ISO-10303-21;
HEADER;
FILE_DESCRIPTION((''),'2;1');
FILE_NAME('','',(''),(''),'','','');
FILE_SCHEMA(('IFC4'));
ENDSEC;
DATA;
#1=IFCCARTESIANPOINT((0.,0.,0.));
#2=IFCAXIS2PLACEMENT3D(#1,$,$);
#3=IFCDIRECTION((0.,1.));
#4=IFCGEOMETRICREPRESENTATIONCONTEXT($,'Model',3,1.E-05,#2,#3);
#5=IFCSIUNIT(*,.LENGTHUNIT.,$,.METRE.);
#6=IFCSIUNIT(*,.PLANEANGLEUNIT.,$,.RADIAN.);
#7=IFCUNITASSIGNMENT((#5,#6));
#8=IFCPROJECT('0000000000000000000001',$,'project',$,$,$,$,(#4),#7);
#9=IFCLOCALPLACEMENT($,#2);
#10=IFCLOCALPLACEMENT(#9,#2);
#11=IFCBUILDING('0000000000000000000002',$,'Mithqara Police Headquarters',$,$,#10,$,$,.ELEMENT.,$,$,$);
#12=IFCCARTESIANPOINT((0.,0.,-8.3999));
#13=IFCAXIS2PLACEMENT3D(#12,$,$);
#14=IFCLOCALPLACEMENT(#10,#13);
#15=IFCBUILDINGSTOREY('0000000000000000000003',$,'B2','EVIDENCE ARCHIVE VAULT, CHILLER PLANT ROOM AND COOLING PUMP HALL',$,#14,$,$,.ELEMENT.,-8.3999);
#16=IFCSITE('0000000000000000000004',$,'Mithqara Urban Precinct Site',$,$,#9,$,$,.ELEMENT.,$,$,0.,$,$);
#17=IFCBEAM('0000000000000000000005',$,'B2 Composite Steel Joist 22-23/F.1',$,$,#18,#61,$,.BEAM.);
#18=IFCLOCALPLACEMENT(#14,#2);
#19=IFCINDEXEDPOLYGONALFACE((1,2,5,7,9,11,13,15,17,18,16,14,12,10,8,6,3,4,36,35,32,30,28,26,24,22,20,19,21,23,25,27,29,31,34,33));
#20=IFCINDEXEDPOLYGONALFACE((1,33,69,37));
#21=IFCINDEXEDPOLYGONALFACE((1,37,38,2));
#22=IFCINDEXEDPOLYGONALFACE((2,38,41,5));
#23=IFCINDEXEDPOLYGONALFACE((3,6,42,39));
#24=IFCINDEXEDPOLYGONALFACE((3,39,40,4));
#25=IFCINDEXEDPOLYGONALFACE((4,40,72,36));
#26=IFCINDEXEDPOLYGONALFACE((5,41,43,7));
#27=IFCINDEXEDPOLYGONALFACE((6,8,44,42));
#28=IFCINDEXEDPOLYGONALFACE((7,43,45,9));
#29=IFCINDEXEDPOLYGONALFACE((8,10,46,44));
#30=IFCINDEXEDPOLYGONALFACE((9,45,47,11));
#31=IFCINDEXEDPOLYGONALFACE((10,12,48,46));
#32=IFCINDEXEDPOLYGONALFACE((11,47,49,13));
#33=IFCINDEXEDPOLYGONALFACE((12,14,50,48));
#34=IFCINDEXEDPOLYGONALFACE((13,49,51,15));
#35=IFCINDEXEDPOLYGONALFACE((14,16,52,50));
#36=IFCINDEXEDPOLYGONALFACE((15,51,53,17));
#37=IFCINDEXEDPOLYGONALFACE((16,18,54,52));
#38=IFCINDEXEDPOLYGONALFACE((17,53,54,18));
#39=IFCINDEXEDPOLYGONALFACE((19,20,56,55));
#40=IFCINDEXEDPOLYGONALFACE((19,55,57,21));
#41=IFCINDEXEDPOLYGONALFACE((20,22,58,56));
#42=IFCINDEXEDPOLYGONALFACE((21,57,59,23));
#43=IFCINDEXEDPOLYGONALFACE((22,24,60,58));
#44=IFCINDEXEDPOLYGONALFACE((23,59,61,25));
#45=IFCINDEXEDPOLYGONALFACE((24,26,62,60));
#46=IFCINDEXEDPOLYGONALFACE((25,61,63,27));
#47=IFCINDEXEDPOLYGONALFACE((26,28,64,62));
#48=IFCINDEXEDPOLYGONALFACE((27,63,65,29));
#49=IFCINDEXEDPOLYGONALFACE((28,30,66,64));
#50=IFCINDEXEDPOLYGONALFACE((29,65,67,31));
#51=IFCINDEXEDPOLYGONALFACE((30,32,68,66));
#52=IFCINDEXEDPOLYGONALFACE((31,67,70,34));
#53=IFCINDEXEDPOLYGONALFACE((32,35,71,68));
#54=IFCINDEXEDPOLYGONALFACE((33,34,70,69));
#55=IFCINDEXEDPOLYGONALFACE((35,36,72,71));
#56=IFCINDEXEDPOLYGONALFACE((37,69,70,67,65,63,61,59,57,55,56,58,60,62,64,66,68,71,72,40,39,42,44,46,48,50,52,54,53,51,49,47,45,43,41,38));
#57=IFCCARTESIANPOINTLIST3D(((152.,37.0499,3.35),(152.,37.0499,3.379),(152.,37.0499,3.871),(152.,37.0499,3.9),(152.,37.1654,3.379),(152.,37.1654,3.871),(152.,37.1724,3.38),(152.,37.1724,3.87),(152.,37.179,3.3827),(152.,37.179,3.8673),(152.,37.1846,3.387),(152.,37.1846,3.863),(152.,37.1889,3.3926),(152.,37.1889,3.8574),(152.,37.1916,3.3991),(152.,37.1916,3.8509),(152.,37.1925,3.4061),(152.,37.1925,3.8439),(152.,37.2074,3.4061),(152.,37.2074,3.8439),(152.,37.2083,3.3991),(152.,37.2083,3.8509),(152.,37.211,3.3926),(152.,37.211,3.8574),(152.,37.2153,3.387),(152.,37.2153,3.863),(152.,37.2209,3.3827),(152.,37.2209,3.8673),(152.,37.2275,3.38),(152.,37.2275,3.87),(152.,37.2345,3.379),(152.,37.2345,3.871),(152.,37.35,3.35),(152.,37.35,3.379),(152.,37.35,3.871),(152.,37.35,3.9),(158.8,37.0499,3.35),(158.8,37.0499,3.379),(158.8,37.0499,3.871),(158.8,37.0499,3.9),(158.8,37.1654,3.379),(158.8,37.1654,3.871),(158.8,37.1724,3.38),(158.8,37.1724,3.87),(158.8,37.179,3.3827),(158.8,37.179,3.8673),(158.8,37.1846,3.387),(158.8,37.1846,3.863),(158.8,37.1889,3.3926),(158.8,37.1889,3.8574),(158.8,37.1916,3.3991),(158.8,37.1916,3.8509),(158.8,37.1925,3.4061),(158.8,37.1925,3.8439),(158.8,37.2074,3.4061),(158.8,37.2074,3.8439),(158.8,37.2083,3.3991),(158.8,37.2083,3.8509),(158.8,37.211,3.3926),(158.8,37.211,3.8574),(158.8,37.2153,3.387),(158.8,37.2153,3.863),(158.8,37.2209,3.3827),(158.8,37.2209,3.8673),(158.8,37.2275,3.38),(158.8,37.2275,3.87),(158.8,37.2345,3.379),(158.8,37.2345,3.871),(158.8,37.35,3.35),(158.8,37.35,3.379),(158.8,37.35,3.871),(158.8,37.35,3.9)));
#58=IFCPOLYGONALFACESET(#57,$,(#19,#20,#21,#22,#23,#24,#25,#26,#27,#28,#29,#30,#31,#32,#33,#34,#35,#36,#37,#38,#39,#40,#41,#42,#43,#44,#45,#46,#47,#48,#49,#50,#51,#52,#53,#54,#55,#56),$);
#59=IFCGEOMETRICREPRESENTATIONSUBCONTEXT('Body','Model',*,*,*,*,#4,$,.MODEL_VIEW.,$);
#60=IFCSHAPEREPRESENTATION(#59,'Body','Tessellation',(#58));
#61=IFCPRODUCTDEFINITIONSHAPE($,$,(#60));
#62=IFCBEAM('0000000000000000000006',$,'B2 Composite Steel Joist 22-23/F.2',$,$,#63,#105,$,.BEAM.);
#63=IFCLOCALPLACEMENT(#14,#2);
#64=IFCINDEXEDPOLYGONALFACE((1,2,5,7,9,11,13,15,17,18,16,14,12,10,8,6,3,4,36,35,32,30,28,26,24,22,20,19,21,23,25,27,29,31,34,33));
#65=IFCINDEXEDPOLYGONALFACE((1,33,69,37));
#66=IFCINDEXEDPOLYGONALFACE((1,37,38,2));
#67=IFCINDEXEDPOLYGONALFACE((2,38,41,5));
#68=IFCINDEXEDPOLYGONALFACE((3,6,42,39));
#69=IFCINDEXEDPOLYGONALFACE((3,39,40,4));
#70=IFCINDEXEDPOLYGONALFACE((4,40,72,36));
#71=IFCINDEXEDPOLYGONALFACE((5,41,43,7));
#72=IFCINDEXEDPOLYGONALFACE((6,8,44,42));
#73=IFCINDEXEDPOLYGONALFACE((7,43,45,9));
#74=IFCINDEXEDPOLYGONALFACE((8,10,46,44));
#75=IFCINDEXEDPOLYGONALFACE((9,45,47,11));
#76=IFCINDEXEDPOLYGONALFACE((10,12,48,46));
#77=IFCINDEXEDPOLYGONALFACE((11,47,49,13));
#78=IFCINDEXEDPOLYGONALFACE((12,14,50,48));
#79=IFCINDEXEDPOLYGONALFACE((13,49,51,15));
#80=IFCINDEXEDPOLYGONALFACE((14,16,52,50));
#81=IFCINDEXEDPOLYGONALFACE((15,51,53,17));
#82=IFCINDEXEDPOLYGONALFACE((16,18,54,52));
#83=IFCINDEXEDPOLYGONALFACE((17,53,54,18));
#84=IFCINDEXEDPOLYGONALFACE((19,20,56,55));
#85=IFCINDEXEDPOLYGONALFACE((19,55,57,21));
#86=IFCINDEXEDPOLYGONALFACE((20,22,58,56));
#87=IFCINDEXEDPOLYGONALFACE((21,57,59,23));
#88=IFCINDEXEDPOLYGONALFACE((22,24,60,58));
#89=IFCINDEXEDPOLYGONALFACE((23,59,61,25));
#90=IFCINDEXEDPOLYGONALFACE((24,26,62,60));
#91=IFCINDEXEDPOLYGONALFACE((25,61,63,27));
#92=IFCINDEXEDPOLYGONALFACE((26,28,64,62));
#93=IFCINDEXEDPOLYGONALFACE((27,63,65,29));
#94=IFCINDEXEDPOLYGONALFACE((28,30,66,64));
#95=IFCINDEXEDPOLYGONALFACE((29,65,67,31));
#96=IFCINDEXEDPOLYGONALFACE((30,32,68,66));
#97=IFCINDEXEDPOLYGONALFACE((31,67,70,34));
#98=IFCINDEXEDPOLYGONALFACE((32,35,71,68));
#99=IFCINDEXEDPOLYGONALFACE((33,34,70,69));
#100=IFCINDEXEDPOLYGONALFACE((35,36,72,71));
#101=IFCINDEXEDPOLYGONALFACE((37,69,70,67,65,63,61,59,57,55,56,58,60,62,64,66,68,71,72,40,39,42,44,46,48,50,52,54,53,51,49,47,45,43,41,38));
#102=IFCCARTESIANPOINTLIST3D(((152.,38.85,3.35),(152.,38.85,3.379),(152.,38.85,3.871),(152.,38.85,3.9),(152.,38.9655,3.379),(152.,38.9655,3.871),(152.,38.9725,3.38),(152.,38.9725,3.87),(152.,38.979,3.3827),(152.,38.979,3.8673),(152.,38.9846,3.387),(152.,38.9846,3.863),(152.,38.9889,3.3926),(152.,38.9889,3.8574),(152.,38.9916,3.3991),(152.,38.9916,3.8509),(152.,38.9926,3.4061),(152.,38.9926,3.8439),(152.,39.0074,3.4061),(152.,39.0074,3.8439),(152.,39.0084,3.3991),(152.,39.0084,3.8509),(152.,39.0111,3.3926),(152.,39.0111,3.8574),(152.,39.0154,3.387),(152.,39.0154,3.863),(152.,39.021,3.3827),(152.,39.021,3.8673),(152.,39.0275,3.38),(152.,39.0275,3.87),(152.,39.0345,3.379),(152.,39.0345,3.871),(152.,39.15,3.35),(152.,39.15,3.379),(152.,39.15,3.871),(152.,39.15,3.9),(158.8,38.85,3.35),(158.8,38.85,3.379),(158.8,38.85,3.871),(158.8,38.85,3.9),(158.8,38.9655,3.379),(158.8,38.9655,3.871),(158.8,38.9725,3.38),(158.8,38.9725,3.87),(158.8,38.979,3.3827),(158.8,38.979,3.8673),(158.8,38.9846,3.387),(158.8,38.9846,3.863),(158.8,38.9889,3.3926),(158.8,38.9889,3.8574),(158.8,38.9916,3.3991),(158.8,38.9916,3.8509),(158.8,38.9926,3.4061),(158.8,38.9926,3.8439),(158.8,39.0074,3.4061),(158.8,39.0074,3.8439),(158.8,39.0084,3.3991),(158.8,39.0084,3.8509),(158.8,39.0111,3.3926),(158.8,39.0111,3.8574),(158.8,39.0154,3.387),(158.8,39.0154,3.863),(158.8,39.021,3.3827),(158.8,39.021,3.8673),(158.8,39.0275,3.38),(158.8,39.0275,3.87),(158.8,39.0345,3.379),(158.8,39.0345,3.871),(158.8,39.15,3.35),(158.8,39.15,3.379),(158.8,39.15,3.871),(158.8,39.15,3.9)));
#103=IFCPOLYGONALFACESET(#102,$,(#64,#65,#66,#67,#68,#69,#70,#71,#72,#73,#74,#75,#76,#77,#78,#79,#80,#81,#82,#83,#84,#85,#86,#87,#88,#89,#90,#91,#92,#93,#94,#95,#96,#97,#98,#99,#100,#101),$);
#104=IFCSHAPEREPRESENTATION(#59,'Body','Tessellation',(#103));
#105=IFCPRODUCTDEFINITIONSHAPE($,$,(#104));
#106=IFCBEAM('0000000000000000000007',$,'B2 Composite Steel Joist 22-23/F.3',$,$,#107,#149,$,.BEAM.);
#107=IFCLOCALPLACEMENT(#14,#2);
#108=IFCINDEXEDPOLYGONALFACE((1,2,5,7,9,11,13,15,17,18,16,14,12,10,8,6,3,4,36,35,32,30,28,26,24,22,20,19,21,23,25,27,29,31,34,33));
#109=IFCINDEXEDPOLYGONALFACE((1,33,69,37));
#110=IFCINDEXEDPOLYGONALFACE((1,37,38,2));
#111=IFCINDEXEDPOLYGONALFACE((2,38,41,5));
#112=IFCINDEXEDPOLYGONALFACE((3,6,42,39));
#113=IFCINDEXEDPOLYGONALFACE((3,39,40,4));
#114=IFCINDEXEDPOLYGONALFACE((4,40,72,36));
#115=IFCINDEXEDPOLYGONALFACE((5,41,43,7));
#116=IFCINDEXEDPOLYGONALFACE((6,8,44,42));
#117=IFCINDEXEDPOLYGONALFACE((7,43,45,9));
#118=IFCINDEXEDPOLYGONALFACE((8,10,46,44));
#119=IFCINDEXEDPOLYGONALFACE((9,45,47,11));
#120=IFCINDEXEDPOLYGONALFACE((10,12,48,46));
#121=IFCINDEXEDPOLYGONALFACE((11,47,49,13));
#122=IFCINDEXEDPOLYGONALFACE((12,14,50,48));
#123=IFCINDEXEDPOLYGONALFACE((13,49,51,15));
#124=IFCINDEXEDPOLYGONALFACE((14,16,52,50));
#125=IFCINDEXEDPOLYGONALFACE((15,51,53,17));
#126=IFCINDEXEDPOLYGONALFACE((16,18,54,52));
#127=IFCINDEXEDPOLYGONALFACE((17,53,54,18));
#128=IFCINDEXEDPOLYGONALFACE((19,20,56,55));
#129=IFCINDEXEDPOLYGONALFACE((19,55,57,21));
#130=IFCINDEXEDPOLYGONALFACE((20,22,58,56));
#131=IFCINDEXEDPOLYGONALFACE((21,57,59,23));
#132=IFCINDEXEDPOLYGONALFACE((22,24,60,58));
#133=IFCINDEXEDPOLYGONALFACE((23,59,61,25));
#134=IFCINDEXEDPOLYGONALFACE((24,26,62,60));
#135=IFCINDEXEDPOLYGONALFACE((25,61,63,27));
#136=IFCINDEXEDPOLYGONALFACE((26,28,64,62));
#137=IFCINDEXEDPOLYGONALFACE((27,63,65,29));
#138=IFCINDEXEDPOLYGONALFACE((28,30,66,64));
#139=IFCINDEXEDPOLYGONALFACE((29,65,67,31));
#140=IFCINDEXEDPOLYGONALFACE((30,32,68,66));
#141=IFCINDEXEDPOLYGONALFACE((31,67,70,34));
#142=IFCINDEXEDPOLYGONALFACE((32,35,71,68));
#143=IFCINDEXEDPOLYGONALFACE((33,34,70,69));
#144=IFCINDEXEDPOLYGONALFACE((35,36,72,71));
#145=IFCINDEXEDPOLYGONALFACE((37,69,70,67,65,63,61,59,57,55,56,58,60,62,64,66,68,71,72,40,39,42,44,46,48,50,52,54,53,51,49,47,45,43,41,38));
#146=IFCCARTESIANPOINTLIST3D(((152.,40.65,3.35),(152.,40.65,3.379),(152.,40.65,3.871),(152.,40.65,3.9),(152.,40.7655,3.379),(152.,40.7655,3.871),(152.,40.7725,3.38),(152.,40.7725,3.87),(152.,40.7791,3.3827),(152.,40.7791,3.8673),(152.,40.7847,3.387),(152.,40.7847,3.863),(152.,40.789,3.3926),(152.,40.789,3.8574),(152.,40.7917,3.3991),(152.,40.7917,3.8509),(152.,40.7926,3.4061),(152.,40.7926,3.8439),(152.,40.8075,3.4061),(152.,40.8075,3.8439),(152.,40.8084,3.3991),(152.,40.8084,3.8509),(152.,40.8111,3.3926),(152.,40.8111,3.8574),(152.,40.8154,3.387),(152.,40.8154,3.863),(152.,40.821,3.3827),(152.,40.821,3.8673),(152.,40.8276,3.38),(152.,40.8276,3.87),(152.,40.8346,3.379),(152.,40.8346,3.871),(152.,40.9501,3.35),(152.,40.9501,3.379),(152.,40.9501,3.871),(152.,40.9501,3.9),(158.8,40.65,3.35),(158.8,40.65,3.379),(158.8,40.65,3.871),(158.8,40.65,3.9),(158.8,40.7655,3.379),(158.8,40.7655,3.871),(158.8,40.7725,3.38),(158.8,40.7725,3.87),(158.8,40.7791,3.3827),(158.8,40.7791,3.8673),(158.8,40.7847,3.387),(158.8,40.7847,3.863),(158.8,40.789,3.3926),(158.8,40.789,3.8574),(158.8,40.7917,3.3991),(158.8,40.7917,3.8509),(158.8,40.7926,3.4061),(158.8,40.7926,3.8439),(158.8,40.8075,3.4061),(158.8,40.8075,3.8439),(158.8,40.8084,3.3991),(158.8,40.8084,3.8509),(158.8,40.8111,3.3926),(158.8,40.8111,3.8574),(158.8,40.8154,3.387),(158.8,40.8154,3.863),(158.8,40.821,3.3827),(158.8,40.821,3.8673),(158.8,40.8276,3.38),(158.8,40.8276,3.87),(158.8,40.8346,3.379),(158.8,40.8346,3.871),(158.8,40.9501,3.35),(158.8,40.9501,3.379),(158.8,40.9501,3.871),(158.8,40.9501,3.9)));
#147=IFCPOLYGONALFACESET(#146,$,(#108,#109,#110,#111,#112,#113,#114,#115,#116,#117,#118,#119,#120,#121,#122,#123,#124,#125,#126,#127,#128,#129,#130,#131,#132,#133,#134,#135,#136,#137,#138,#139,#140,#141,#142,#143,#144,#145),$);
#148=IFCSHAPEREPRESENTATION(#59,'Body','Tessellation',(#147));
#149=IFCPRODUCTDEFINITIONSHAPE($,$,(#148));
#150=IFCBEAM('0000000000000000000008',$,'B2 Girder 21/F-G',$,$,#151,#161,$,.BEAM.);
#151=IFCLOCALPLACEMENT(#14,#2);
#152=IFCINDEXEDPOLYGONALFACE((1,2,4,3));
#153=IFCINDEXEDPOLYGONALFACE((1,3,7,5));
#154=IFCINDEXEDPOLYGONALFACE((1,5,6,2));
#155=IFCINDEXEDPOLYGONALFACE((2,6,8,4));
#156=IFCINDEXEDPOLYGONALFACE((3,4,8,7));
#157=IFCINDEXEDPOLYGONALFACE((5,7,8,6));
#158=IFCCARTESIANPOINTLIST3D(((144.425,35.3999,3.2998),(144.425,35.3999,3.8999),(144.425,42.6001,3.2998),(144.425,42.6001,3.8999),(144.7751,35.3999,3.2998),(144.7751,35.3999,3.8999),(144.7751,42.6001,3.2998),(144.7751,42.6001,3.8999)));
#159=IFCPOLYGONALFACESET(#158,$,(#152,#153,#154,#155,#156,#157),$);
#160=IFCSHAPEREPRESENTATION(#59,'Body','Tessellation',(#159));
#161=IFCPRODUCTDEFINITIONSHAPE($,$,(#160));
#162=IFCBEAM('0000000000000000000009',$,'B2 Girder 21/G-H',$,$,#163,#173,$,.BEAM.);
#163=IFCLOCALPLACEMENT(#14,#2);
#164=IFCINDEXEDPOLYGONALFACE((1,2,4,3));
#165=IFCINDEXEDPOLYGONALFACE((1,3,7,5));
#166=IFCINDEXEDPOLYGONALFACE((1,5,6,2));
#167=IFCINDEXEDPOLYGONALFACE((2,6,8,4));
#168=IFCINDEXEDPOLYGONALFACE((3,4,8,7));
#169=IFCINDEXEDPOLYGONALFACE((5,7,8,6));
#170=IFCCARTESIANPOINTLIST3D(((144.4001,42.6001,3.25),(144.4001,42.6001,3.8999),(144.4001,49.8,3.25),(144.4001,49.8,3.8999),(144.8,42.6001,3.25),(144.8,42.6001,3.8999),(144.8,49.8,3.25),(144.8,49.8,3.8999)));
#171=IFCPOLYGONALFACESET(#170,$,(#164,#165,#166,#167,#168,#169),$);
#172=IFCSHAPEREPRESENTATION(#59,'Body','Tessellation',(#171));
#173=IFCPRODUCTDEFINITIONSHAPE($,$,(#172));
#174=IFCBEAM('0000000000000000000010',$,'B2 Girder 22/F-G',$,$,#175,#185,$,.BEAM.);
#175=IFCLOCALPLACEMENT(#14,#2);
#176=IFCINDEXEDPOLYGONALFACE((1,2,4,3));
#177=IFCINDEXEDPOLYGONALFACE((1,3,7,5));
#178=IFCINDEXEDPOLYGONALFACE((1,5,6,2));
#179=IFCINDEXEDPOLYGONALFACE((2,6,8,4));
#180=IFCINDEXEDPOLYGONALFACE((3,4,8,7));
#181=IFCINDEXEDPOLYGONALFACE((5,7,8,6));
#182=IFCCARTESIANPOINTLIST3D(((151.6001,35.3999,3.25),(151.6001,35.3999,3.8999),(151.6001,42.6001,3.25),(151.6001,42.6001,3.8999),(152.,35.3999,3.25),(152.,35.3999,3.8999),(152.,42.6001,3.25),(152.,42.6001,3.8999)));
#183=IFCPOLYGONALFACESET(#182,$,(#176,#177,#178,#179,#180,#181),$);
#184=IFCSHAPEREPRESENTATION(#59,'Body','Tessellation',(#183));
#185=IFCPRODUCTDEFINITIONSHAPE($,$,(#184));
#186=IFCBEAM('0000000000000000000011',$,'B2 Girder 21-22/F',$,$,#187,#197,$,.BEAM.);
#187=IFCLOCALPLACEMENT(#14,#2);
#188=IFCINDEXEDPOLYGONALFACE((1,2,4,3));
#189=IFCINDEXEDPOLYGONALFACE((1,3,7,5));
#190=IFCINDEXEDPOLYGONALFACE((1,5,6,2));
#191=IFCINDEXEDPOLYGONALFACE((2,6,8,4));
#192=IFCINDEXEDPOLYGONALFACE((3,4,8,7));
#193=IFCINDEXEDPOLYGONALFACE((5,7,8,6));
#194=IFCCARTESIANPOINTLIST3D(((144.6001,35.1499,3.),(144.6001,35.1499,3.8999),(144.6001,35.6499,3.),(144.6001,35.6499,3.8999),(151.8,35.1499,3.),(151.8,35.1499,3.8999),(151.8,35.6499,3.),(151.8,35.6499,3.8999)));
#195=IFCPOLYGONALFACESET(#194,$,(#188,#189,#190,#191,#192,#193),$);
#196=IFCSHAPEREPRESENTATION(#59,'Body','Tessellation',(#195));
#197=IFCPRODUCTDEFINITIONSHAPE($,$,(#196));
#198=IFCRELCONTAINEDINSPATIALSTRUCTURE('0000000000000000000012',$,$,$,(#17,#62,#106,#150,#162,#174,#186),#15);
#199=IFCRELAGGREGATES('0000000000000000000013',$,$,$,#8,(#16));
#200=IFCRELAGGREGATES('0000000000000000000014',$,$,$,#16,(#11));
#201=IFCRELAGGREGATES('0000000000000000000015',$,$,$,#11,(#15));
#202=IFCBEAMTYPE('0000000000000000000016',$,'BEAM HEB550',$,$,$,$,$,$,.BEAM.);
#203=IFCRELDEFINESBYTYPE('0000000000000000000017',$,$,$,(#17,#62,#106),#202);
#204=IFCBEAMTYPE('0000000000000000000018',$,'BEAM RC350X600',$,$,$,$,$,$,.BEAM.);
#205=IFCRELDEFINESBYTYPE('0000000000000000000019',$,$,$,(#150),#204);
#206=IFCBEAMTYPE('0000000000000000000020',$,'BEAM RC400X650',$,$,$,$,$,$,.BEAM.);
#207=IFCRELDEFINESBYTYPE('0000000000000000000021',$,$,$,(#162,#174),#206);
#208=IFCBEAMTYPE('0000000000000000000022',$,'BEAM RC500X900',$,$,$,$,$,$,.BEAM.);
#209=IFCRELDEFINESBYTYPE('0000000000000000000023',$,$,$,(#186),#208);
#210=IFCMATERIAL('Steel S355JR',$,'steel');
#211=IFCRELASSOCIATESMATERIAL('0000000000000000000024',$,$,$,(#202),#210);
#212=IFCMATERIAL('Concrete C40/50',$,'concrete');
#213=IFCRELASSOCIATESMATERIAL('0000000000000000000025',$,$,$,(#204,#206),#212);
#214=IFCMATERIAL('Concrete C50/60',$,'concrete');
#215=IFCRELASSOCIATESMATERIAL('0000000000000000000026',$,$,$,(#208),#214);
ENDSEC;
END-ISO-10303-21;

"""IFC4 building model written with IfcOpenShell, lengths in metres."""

from ifc_helpers import new_model, si_unit, direction, frame, origin, origin_2d, place, context, subcontext, project, spatial, rectangle, i_section, extrude, material, material_profile, profile_set, type_object, element, save


model = new_model("IFC4")

# Units and contexts
model_context = context("Model", 3, precision=1e-05, world=origin(), true_north=direction((0.0, 1.0)))
body_context = subcontext(model_context, "Body", "Model", "MODEL_VIEW")
ifc_project = project(units=[si_unit("LENGTHUNIT", "METRE"), si_unit("PLANEANGLEUNIT", "RADIAN")], contexts=[model_context])

# Site, building, storey
site_placement = place(None, origin())
site = spatial("IfcSite", under=ifc_project, at=site_placement, Name="Mithqara Urban Precinct Site", CompositionType="ELEMENT", RefElevation=0.0)
building_placement = place(site_placement, origin())
building = spatial("IfcBuilding", under=site, at=building_placement, Name="Mithqara Police Headquarters", CompositionType="ELEMENT")
storey_placement = place(building_placement, frame((0.0, 0.0, -8.3999)))
storey = spatial("IfcBuildingStorey", under=building, at=storey_placement, Name="B2", Description="EVIDENCE ARCHIVE VAULT, CHILLER PLANT ROOM AND COOLING PUMP HALL", CompositionType="ELEMENT", Elevation=-8.3999)

# Shared definitions
ifc_material_1 = material(Name="Concrete C40/50", Category="concrete")

# Shared definitions
ifc_material_2 = material(Name="Concrete C50/60", Category="concrete")

# Beams
ifc_material_3 = material(Name="Steel S355JR", Category="steel")
ifc_material_profile_1 = material_profile(ifc_material_3, i_section(OverallWidth=0.3, OverallDepth=0.55, WebThickness=0.0149, FlangeThickness=0.0291, FilletRadius=0.0271, at=origin_2d()), Name="HEB 550")
ifc_profile_set_1 = profile_set([ifc_material_profile_1], Name="Steel S355JR")
beam_type_1 = type_object("IfcBeamType", Name="BEAM HEB550", PredefinedType="BEAM", material=ifc_profile_set_1)
for number, where, z_axis, x_axis, name in (
    (1, (152.0, 37.2, 3.625), (1.0, 0.0, 0.0), (0.0, 1.0, 0.0), "B2 Composite Steel Joist 22-23/F.1"),
    (2, (152.0, 39.0, 3.625), (1.0, 0.0, 0.0), (0.0, 1.0, 0.0), "B2 Composite Steel Joist 22-23/F.2"),
    (3, (152.0, 40.8, 3.625), (1.0, 0.0, 0.0), (0.0, 1.0, 0.0), "B2 Composite Steel Joist 22-23/F.3"),
):
    element("IfcBeam", number, at=place(storey_placement, frame(where, z_axis=z_axis, x_axis=x_axis)), inside=storey, type_object=beam_type_1, Name=name, PredefinedType="BEAM", context=body_context, shape_type="SweptSolid", body=[
        extrude(i_section(OverallWidth=0.3, OverallDepth=0.55, WebThickness=0.0149, FlangeThickness=0.0291, FilletRadius=0.0271, at=origin_2d()), origin(), (0.0, 0.0, 1.0), 6.8),
    ])
ifc_material_profile_2 = material_profile(ifc_material_1, rectangle(XDim=0.3501, YDim=0.6001, at=origin_2d()), Name="RC 350x600")
ifc_profile_set_2 = profile_set([ifc_material_profile_2], Name="Concrete C40/50")
beam_type_2 = type_object("IfcBeamType", Name="BEAM RC350X600", PredefinedType="BEAM", material=ifc_profile_set_2)
beam_1_placement = place(storey_placement, frame((144.6001, 35.3999, 3.5999), z_axis=(0.0, 1.0, 0.0), x_axis=(-1.0, 0.0, 0.0)))
element("IfcBeam", 4, at=beam_1_placement, inside=storey, type_object=beam_type_2, Name="B2 Girder 21/F-G", PredefinedType="BEAM", context=body_context, shape_type="SweptSolid", body=[
    extrude(rectangle(XDim=0.3501, YDim=0.6001, at=origin_2d()), origin(), (0.0, 0.0, 1.0), 7.2002),
])
ifc_material_profile_3 = material_profile(ifc_material_1, rectangle(XDim=0.3999, YDim=0.6499, at=origin_2d()), Name="RC 400x650")
ifc_profile_set_3 = profile_set([ifc_material_profile_3], Name="Concrete C40/50")
beam_type_3 = type_object("IfcBeamType", Name="BEAM RC400X650", PredefinedType="BEAM", material=ifc_profile_set_3)
beam_2_placement = place(storey_placement, frame((144.6001, 42.6001, 3.575), z_axis=(0.0, 1.0, 0.0), x_axis=(-1.0, 0.0, 0.0)))
element("IfcBeam", 5, at=beam_2_placement, inside=storey, type_object=beam_type_3, Name="B2 Girder 21/G-H", PredefinedType="BEAM", context=body_context, shape_type="SweptSolid", body=[
    extrude(rectangle(XDim=0.3999, YDim=0.6499, at=origin_2d()), origin(), (0.0, 0.0, 1.0), 7.2),
])
beam_3_placement = place(storey_placement, frame((151.8, 35.3999, 3.575), z_axis=(0.0, 1.0, 0.0), x_axis=(-1.0, 0.0, 0.0)))
element("IfcBeam", 6, at=beam_3_placement, inside=storey, type_object=beam_type_3, Name="B2 Girder 22/F-G", PredefinedType="BEAM", context=body_context, shape_type="SweptSolid", body=[
    extrude(rectangle(XDim=0.3999, YDim=0.6499, at=origin_2d()), origin(), (0.0, 0.0, 1.0), 7.2002),
])
ifc_material_profile_4 = material_profile(ifc_material_2, rectangle(XDim=0.5, YDim=0.8999, at=origin_2d()), Name="RC 500x900")
ifc_profile_set_4 = profile_set([ifc_material_profile_4], Name="Concrete C50/60")
beam_type_4 = type_object("IfcBeamType", Name="BEAM RC500X900", PredefinedType="BEAM", material=ifc_profile_set_4)
beam_4_placement = place(storey_placement, frame((144.6001, 35.3999, 3.45), z_axis=(1.0, 0.0, 0.0), x_axis=(0.0, 1.0, 0.0)))
element("IfcBeam", 7, at=beam_4_placement, inside=storey, type_object=beam_type_4, Name="B2 Girder 21-22/F", PredefinedType="BEAM", context=body_context, shape_type="SweptSolid", body=[
    extrude(rectangle(XDim=0.5, YDim=0.8999, at=origin_2d()), origin(), (0.0, 0.0, 1.0), 7.2),
])

save(model, "model.ifc")
